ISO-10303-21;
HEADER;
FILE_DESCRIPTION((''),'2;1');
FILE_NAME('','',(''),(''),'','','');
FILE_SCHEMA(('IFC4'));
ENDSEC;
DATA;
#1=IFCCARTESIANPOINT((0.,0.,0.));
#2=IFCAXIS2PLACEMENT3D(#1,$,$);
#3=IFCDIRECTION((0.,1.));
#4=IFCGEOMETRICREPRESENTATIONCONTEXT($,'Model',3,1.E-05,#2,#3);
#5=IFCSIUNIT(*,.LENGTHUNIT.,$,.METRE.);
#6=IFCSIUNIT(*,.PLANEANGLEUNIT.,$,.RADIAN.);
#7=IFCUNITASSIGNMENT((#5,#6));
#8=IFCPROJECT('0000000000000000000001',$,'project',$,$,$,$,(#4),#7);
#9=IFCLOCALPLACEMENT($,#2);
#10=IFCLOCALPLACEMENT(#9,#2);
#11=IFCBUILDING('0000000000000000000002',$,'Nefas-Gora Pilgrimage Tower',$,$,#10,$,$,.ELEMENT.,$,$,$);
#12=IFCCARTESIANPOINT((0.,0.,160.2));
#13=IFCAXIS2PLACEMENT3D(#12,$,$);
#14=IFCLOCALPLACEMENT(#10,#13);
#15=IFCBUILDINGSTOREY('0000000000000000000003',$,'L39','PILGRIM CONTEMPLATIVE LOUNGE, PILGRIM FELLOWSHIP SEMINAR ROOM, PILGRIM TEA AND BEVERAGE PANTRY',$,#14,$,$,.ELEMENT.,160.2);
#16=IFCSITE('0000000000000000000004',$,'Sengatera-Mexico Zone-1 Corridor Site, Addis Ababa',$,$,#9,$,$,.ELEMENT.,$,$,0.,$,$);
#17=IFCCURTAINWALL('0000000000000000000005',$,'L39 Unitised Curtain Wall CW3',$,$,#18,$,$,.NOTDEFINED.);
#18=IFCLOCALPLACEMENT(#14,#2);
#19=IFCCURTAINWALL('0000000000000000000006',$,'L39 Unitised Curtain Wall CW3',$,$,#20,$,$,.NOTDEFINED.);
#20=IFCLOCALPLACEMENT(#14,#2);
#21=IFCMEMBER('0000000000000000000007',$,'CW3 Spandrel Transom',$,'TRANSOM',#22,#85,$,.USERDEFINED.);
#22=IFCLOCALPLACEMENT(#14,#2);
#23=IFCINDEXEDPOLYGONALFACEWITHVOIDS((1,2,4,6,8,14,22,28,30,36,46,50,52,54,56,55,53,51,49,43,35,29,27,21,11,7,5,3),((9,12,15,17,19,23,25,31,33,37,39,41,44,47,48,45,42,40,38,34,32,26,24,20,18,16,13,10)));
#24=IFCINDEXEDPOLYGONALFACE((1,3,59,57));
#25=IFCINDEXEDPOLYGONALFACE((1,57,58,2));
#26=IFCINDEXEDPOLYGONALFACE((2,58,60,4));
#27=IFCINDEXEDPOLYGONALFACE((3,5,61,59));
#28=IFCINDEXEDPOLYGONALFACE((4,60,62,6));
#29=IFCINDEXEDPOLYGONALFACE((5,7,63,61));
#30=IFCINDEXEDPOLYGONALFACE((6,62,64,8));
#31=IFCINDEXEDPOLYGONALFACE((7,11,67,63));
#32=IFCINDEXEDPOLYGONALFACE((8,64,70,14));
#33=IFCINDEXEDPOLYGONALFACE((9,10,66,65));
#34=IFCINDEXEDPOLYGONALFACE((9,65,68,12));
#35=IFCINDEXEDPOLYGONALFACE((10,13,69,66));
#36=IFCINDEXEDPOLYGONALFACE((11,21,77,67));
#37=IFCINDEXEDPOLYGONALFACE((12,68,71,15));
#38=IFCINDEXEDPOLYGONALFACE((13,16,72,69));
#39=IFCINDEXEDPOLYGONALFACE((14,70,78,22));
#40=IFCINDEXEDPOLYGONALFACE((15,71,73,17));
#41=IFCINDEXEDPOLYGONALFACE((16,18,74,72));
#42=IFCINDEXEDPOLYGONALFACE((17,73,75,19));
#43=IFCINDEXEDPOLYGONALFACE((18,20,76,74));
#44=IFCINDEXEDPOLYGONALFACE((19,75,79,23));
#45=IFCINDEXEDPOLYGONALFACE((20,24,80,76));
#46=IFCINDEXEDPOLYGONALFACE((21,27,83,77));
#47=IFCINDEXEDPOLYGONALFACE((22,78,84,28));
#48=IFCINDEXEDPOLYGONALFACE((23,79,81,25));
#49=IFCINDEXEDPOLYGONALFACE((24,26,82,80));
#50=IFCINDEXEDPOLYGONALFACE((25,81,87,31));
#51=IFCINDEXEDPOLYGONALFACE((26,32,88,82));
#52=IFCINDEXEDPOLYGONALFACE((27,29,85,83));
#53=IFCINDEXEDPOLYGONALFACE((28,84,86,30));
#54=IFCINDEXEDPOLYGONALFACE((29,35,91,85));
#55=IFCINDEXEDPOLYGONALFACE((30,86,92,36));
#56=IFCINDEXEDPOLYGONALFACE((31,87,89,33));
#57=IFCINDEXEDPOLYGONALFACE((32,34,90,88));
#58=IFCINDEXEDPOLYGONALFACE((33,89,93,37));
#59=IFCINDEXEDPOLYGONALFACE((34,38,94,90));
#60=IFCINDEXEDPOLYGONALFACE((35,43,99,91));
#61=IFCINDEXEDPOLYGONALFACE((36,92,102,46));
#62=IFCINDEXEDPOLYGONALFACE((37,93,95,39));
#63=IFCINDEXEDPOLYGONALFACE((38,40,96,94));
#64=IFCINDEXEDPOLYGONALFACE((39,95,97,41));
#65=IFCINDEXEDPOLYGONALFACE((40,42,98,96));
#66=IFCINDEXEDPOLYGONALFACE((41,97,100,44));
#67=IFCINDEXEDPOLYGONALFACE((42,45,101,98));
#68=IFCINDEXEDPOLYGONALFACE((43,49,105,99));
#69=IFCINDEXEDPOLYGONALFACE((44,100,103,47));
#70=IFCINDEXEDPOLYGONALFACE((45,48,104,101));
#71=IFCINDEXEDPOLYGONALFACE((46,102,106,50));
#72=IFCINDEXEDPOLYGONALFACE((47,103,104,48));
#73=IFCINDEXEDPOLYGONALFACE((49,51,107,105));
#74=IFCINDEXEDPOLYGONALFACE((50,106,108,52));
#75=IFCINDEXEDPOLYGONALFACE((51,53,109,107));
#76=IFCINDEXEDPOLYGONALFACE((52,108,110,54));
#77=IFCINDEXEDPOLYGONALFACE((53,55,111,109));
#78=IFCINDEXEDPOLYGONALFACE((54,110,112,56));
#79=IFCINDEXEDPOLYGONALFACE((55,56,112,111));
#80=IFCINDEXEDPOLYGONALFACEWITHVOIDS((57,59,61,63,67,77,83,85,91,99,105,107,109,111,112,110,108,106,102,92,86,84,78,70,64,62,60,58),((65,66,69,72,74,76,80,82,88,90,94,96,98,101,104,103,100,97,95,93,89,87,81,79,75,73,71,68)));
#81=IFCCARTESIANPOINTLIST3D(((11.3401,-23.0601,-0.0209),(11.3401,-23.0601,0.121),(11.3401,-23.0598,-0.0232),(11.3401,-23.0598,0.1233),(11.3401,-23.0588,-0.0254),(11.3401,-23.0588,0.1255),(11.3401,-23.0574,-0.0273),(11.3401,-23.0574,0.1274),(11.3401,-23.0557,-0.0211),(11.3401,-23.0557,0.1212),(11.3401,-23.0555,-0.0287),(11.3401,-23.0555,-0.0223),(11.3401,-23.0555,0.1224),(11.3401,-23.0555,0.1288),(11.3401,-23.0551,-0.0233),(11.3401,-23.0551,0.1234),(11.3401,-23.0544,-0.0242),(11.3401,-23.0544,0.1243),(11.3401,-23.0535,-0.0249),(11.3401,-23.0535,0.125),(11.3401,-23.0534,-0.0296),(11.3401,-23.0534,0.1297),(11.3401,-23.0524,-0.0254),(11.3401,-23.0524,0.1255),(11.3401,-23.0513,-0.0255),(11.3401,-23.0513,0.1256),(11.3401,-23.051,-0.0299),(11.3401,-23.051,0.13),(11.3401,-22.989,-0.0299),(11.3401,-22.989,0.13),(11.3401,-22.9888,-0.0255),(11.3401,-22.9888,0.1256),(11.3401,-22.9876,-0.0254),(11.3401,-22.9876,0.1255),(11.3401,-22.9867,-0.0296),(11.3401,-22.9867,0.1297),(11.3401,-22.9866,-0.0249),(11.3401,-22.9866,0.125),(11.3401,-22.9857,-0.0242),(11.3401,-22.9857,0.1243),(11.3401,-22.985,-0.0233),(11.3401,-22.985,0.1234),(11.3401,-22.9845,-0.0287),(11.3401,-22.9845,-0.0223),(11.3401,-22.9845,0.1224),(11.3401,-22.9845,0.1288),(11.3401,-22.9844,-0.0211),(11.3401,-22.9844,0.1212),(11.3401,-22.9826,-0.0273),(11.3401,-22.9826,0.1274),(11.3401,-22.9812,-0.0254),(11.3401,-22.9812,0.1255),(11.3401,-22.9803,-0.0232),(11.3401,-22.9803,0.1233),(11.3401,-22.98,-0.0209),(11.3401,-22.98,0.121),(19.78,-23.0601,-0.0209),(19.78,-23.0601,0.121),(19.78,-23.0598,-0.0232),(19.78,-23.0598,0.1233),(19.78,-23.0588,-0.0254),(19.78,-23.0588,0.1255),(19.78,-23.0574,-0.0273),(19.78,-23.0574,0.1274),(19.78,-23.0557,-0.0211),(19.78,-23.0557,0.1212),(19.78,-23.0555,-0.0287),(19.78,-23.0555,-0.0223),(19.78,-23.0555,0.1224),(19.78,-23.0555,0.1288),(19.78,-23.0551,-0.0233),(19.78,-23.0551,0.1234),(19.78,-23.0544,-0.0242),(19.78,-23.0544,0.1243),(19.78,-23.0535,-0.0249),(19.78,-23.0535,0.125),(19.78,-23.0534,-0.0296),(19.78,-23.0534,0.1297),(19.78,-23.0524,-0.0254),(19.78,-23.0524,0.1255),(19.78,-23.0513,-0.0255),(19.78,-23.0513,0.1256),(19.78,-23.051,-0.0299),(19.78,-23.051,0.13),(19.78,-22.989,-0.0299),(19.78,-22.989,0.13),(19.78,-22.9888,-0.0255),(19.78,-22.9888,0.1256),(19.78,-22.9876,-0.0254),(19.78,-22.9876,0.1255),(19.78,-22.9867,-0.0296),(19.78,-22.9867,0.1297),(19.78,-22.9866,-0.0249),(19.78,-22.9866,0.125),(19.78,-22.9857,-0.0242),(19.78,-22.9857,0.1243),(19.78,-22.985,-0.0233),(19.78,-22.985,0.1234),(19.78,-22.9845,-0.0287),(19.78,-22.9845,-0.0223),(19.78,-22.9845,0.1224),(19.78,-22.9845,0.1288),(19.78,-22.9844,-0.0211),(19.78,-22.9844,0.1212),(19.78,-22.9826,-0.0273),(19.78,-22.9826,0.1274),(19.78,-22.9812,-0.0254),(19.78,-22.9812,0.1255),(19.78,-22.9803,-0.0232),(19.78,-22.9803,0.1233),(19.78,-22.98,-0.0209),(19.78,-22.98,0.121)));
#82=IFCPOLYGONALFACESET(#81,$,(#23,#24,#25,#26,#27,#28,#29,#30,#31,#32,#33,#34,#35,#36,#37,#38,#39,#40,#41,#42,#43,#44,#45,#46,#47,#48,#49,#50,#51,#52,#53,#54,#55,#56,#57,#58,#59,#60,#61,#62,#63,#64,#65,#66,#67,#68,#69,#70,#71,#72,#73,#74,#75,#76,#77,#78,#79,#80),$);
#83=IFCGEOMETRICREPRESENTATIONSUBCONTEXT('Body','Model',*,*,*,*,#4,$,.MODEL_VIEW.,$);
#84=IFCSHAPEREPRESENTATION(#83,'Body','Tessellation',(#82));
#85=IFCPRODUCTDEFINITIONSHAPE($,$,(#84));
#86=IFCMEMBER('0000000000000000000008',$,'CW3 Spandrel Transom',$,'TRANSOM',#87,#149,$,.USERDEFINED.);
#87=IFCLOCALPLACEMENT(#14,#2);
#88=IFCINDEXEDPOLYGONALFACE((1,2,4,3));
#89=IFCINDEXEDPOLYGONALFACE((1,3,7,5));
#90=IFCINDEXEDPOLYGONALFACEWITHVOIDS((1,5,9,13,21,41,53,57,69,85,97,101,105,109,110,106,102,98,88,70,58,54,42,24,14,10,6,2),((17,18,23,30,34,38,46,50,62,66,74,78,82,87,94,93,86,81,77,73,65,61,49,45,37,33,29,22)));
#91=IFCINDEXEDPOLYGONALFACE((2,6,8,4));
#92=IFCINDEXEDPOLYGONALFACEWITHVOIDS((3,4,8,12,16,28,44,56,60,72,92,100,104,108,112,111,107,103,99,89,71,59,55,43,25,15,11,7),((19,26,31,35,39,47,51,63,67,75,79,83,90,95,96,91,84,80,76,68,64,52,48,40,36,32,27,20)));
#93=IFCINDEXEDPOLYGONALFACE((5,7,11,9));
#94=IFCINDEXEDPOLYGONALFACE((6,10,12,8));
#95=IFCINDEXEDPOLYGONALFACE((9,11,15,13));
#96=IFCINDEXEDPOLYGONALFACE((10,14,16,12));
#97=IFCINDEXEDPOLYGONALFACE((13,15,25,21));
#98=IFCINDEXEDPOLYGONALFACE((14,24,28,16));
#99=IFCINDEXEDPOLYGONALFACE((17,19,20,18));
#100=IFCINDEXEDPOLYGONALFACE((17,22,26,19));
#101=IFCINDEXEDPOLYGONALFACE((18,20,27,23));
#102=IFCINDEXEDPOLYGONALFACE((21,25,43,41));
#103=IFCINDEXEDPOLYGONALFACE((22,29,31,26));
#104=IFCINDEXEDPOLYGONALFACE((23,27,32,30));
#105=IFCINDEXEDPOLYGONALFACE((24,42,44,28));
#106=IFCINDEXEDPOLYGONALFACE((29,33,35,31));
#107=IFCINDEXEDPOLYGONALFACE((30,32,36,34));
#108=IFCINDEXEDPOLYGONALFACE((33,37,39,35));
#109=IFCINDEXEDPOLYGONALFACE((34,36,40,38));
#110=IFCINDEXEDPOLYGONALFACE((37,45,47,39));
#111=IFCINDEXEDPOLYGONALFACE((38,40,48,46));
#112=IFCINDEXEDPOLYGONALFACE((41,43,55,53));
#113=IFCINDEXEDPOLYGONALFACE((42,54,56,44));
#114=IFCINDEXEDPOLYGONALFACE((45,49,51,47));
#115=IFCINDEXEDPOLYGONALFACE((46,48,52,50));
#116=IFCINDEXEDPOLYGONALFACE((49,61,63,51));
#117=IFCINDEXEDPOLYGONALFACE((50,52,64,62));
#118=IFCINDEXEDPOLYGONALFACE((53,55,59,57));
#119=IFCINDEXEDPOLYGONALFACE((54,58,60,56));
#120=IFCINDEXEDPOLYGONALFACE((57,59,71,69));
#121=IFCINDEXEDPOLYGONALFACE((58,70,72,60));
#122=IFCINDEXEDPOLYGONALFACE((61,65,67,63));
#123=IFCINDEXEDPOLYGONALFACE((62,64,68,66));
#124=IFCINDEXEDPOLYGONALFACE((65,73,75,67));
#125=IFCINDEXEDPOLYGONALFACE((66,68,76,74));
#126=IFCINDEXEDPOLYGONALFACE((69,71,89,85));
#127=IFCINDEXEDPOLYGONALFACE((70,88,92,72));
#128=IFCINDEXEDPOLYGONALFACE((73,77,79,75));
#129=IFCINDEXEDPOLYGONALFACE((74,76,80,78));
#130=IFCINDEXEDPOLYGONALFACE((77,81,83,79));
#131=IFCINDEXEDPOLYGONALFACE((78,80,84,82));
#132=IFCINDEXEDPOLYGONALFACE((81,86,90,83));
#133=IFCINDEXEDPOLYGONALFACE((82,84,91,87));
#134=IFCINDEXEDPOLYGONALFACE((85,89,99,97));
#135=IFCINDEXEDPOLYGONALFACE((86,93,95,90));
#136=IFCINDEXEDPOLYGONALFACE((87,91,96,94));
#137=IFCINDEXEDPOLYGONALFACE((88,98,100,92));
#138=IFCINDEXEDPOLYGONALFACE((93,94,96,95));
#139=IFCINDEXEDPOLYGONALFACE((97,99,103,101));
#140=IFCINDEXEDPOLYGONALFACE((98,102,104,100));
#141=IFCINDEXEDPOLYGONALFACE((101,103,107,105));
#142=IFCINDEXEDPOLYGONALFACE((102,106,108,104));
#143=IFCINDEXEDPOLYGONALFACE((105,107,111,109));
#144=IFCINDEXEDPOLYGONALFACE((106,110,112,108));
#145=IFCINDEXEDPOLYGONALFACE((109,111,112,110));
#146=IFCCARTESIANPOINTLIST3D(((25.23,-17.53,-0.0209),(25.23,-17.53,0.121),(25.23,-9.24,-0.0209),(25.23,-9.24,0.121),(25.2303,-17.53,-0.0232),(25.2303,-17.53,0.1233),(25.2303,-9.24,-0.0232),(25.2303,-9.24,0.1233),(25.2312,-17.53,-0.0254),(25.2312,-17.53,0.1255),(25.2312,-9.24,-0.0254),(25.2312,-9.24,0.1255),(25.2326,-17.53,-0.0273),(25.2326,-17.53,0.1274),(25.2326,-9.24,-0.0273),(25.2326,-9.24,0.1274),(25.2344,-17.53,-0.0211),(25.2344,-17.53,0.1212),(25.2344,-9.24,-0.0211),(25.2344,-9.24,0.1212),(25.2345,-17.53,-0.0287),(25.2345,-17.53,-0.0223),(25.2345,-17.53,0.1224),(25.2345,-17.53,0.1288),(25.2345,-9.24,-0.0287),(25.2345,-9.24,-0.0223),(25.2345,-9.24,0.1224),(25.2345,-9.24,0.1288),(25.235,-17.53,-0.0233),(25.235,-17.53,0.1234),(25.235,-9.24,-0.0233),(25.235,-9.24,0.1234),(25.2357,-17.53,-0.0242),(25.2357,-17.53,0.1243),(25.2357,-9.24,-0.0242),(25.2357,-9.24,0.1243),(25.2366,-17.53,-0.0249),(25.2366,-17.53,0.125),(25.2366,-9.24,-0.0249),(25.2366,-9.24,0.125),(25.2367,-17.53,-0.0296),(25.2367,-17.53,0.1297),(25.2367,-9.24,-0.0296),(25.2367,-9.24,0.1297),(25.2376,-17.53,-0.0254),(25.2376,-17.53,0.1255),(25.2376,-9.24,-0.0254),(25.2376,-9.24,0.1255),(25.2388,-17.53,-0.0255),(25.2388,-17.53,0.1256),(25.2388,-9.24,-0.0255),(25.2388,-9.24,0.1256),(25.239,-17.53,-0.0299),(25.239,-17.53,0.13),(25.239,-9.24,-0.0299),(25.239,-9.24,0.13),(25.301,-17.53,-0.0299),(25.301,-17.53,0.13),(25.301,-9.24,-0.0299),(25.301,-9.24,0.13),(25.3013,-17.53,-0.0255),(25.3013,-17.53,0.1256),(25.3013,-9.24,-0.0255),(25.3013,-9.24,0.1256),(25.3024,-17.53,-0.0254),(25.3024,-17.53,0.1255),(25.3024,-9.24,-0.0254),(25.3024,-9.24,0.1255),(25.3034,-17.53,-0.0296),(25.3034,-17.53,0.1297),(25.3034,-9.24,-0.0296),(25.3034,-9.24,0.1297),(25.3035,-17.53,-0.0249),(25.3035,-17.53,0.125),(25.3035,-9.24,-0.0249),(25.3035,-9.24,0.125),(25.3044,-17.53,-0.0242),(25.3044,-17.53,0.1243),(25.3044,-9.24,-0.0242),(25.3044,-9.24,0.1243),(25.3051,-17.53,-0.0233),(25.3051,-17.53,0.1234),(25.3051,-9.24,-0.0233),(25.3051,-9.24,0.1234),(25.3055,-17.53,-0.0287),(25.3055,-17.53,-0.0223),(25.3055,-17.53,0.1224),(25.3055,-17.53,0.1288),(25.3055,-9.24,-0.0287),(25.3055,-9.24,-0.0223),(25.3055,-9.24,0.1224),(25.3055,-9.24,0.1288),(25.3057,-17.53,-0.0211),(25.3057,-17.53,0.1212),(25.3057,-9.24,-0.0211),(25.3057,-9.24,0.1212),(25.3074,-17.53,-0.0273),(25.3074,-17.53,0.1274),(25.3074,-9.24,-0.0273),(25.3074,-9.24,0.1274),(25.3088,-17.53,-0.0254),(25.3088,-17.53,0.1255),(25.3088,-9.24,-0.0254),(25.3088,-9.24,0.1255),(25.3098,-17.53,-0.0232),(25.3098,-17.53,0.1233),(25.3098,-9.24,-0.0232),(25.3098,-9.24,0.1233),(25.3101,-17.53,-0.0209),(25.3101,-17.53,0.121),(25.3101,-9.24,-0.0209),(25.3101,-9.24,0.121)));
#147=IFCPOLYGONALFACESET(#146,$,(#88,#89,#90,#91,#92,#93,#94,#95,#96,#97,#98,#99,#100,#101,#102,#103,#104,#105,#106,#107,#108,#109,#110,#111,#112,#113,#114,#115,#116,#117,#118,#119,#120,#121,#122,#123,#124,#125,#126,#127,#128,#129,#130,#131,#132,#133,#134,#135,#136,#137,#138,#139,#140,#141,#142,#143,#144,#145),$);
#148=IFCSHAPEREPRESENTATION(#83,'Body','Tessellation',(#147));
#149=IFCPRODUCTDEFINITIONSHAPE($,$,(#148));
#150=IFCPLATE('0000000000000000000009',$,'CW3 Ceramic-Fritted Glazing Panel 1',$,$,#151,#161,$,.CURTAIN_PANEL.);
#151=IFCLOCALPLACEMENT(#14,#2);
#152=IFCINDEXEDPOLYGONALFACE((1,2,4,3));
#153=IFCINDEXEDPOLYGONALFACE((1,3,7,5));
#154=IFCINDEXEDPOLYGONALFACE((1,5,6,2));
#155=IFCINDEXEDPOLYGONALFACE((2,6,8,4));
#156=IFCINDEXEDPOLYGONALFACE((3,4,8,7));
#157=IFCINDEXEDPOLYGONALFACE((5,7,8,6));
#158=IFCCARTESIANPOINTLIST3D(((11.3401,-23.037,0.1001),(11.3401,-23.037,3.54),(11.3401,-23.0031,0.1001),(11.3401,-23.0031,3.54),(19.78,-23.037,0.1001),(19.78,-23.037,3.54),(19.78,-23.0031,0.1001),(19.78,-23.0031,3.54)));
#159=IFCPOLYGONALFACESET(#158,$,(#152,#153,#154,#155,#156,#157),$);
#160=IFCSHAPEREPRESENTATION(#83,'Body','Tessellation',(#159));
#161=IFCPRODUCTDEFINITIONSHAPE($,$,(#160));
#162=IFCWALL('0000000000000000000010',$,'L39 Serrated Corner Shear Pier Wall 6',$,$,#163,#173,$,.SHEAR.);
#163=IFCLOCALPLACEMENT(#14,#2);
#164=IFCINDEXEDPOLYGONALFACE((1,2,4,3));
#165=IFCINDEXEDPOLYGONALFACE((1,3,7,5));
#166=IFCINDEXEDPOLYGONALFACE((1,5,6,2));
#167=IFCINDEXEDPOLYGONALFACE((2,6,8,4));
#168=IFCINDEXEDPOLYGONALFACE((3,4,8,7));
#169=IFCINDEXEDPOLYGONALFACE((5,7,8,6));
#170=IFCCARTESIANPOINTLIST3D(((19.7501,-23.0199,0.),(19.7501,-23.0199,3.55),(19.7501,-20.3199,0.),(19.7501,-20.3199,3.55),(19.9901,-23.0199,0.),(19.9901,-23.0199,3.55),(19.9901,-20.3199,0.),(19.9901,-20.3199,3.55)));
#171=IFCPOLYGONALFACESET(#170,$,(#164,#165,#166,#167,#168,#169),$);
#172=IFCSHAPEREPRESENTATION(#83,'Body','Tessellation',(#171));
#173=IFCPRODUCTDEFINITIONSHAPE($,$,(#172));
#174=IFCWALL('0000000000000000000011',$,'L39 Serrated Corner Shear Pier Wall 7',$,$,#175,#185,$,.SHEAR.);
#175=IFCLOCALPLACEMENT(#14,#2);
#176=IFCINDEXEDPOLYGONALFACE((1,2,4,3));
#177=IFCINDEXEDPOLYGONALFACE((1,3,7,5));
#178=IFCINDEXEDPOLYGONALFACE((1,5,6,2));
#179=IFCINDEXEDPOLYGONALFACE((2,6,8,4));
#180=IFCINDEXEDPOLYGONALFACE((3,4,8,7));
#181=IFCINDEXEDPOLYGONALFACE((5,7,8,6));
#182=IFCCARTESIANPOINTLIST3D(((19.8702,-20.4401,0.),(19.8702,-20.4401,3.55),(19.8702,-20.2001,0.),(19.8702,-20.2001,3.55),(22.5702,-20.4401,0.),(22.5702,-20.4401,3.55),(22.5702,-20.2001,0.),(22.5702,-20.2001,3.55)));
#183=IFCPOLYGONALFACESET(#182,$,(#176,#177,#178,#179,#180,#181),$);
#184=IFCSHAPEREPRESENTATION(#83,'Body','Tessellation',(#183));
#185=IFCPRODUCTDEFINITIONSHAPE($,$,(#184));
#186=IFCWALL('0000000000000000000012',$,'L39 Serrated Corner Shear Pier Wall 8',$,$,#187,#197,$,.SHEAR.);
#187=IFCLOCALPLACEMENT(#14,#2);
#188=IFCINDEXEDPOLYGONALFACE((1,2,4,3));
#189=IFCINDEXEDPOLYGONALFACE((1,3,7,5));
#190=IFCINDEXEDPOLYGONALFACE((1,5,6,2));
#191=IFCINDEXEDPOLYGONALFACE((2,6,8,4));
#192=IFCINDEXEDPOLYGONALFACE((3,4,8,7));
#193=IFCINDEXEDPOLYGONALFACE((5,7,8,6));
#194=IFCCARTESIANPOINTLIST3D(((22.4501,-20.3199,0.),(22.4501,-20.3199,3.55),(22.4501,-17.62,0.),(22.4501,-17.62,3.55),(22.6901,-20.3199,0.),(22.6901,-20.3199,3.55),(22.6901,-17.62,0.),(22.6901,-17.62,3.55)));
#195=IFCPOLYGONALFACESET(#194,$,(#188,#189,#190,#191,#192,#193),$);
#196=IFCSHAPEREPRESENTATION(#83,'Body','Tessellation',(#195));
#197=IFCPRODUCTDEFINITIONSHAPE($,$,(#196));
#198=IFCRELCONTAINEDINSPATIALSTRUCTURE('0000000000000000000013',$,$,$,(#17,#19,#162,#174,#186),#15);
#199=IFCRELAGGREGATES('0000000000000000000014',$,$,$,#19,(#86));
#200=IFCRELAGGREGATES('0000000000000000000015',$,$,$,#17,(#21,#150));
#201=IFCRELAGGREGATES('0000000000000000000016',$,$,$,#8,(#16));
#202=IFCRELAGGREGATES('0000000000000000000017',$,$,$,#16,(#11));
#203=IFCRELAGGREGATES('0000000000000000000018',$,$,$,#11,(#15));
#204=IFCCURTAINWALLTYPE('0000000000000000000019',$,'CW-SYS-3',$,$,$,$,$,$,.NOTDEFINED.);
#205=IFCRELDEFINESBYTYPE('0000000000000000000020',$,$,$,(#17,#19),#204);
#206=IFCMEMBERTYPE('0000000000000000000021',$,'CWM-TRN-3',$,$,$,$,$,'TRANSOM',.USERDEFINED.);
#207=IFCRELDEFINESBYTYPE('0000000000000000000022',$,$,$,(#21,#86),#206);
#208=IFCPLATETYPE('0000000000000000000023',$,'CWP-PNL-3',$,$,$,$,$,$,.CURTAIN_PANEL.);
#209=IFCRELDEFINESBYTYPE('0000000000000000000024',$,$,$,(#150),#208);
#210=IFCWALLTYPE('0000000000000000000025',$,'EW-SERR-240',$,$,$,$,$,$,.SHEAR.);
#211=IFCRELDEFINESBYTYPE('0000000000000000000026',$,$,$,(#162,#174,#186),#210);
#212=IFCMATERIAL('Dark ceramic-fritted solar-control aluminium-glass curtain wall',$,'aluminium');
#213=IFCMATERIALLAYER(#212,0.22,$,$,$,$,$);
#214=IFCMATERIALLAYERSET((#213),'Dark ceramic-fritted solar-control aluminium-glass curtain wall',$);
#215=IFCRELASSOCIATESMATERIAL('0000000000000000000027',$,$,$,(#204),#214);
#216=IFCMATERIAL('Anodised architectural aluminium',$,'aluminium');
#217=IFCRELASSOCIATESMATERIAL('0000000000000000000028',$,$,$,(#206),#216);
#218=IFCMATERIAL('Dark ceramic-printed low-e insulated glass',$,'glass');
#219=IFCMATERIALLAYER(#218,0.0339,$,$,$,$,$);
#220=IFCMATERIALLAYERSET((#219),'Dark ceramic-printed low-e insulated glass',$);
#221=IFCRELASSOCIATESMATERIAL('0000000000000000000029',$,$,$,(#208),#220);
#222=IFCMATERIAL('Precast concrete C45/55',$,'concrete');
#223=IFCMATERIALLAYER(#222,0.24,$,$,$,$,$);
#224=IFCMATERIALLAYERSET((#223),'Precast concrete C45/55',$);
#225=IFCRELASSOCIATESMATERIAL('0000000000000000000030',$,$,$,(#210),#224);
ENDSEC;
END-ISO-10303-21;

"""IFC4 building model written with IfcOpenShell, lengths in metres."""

from ifc_helpers import new_model, si_unit, direction, frame, frame_2d, origin, origin_2d, place, context, subcontext, project, spatial, rectangle, hollow_rectangle, extrude, source, transform, mapped, material, layer, layer_set, material_profile, profile_set, type_object, element, aggregate, save


model = new_model("IFC4")

# Units and contexts
model_context = context("Model", 3, precision=1e-05, world=origin(), true_north=direction((0.0, 1.0)))
body_context = subcontext(model_context, "Body", "Model", "MODEL_VIEW")
ifc_project = project(units=[si_unit("LENGTHUNIT", "METRE"), si_unit("PLANEANGLEUNIT", "RADIAN")], contexts=[model_context])

# Site, building, storey
site_placement = place(None, origin())
site = spatial("IfcSite", under=ifc_project, at=site_placement, Name="Sengatera-Mexico Zone-1 Corridor Site, Addis Ababa", CompositionType="ELEMENT", RefElevation=0.0)
building_placement = place(site_placement, origin())
building = spatial("IfcBuilding", under=site, at=building_placement, Name="Nefas-Gora Pilgrimage Tower", CompositionType="ELEMENT")
storey_placement = place(building_placement, frame((0.0, 0.0, 160.2)))
storey = spatial("IfcBuildingStorey", under=building, at=storey_placement, Name="L39", Description="PILGRIM CONTEMPLATIVE LOUNGE, PILGRIM FELLOWSHIP SEMINAR ROOM, PILGRIM TEA AND BEVERAGE PANTRY", CompositionType="ELEMENT", Elevation=160.2)

# Curtain wall
ifc_material_1 = material(Name="Dark ceramic-fritted solar-control aluminium-glass curtain wall", Category="aluminium")
ifc_layer_1 = layer(ifc_material_1, 0.22)
ifc_layer_set_1 = layer_set([ifc_layer_1], Name="Dark ceramic-fritted solar-control aluminium-glass curtain wall")
curtain_wall_type = type_object("IfcCurtainWallType", Name="CW-SYS-3", PredefinedType="NOTDEFINED", material=ifc_layer_set_1)
curtain_wall_1_placement = place(storey_placement, origin())
curtain_wall_1 = element("IfcCurtainWall", 1, at=curtain_wall_1_placement, inside=storey, type_object=curtain_wall_type, Name="L39 Unitised Curtain Wall CW3", PredefinedType="NOTDEFINED")
ifc_material_2 = material(Name="Anodised architectural aluminium", Category="aluminium")

# Curtain wall
curtain_wall_2_placement = place(storey_placement, origin())
curtain_wall_2 = element("IfcCurtainWall", 2, at=curtain_wall_2_placement, inside=storey, type_object=curtain_wall_type, Name="L39 Unitised Curtain Wall CW3", PredefinedType="NOTDEFINED")

# Members
ifc_material_profile_1 = material_profile(ifc_material_2, hollow_rectangle(XDim=0.0801, YDim=0.1599, WallThickness=0.0044, InnerFilletRadius=0.0044, OuterFilletRadius=0.009, at=origin_2d()), Name="ALU TRANSOM 80x160")
ifc_profile_set_1 = profile_set([ifc_material_profile_1], Name="Anodised architectural aluminium")
member_type_1 = type_object("IfcMemberType", Name="CWM-TRN-3", ElementType="TRANSOM", PredefinedType="USERDEFINED", material=ifc_profile_set_1)
shared_shape_1 = source(origin(), body_context, "Body", "SweptSolid", [
    extrude(hollow_rectangle(XDim=0.0801, YDim=0.1599, WallThickness=0.0044, InnerFilletRadius=0.0044, OuterFilletRadius=0.009, at=origin_2d()), origin(), (0.0, 0.0, 1.0), 8.4399),
])
member_1_placement = place(storey_placement, frame((11.3401, -23.02, 0.05), z_axis=(1.0, 0.0, 0.0), x_axis=(0.0, 1.0, 0.0)))
member_1 = element("IfcMember", 3, at=member_1_placement, type_object=member_type_1, Name="CW3 Spandrel Transom", ObjectType="TRANSOM", PredefinedType="USERDEFINED", context=body_context, shape_type="MappedRepresentation", body=[
    mapped(shared_shape_1, transform((0.0, 0.0, 0.0), x_axis=(1.0, 0.0, 0.0), y_axis=(0.0, 1.0, 0.0), z_axis=(0.0, 0.0, 1.0), scale=1.0)),
])
shared_shape_2 = source(origin(), body_context, "Body", "SweptSolid", [
    extrude(hollow_rectangle(XDim=0.0801, YDim=0.1599, WallThickness=0.0044, InnerFilletRadius=0.0044, OuterFilletRadius=0.009, at=origin_2d()), origin(), (0.0, 0.0, 1.0), 8.29),
])
member_2_placement = place(storey_placement, frame((25.27, -17.53, 0.05), z_axis=(0.0, 1.0, 0.0), x_axis=(-1.0, 0.0, 0.0)))
member_2 = element("IfcMember", 4, at=member_2_placement, type_object=member_type_1, Name="CW3 Spandrel Transom", ObjectType="TRANSOM", PredefinedType="USERDEFINED", context=body_context, shape_type="MappedRepresentation", body=[
    mapped(shared_shape_2, transform((0.0, 0.0, 0.0), x_axis=(1.0, 0.0, 0.0), y_axis=(0.0, 1.0, 0.0), z_axis=(0.0, 0.0, 1.0), scale=1.0)),
])
aggregate(curtain_wall_2, [member_2])

# Plate
ifc_material_3 = material(Name="Dark ceramic-printed low-e insulated glass", Category="glass")
ifc_layer_2 = layer(ifc_material_3, 0.0339)
ifc_layer_set_2 = layer_set([ifc_layer_2], Name="Dark ceramic-printed low-e insulated glass")
plate_type = type_object("IfcPlateType", Name="CWP-PNL-3", PredefinedType="CURTAIN_PANEL", material=ifc_layer_set_2)
shared_shape_3 = source(origin(), body_context, "Body", "SweptSolid", [
    extrude(rectangle(XDim=8.4399, YDim=0.0339, at=origin_2d()), origin(), (0.0, 0.0, 1.0), 3.4399),
])
plate_placement = place(storey_placement, frame((15.5601, -23.02, 0.1001), z_axis=(0.0, 0.0, 1.0), x_axis=(1.0, 0.0, 0.0)))
plate = element("IfcPlate", 5, at=plate_placement, type_object=plate_type, Name="CW3 Ceramic-Fritted Glazing Panel 1", PredefinedType="CURTAIN_PANEL", context=body_context, shape_type="MappedRepresentation", body=[
    mapped(shared_shape_3, transform((0.0, 0.0, 0.0), x_axis=(1.0, 0.0, 0.0), y_axis=(0.0, 1.0, 0.0), z_axis=(0.0, 0.0, 1.0), scale=1.0)),
])
aggregate(curtain_wall_1, [member_1, plate])

# Walls
ifc_material_4 = material(Name="Precast concrete C45/55", Category="concrete")
ifc_layer_3 = layer(ifc_material_4, 0.24)
ifc_layer_set_3 = layer_set([ifc_layer_3], Name="Precast concrete C45/55")
wall_type_1 = type_object("IfcWallType", Name="EW-SERR-240", PredefinedType="SHEAR", material=ifc_layer_set_3)
shared_shape_4 = source(origin(), body_context, "Body", "SweptSolid", [
    extrude(rectangle(XDim=2.7, YDim=0.24, at=frame_2d((1.3501, 0.0))), origin(), (0.0, 0.0, 1.0), 3.55),
])
for number, where, z_axis, x_axis, name in (
    (6, (19.8701, -23.02, 0.0), (0.0, 0.0, 1.0), (0.0, 1.0, 0.0), "L39 Serrated Corner Shear Pier Wall 6"),
    (7, (19.8701, -20.3201, 0.0), (0.0, 0.0, 1.0), (1.0, 0.0, 0.0), "L39 Serrated Corner Shear Pier Wall 7"),
    (8, (22.5701, -20.3201, 0.0), (0.0, 0.0, 1.0), (0.0, 1.0, 0.0), "L39 Serrated Corner Shear Pier Wall 8"),
):
    element("IfcWall", number, at=place(storey_placement, frame(where, z_axis=z_axis, x_axis=x_axis)), inside=storey, type_object=wall_type_1, Name=name, PredefinedType="SHEAR", context=body_context, shape_type="MappedRepresentation", body=[
        mapped(shared_shape_4, transform((0.0, 0.0, 0.0), x_axis=(1.0, 0.0, 0.0), y_axis=(0.0, 1.0, 0.0), z_axis=(0.0, 0.0, 1.0), scale=1.0)),
    ])

save(model, "model.ifc")
